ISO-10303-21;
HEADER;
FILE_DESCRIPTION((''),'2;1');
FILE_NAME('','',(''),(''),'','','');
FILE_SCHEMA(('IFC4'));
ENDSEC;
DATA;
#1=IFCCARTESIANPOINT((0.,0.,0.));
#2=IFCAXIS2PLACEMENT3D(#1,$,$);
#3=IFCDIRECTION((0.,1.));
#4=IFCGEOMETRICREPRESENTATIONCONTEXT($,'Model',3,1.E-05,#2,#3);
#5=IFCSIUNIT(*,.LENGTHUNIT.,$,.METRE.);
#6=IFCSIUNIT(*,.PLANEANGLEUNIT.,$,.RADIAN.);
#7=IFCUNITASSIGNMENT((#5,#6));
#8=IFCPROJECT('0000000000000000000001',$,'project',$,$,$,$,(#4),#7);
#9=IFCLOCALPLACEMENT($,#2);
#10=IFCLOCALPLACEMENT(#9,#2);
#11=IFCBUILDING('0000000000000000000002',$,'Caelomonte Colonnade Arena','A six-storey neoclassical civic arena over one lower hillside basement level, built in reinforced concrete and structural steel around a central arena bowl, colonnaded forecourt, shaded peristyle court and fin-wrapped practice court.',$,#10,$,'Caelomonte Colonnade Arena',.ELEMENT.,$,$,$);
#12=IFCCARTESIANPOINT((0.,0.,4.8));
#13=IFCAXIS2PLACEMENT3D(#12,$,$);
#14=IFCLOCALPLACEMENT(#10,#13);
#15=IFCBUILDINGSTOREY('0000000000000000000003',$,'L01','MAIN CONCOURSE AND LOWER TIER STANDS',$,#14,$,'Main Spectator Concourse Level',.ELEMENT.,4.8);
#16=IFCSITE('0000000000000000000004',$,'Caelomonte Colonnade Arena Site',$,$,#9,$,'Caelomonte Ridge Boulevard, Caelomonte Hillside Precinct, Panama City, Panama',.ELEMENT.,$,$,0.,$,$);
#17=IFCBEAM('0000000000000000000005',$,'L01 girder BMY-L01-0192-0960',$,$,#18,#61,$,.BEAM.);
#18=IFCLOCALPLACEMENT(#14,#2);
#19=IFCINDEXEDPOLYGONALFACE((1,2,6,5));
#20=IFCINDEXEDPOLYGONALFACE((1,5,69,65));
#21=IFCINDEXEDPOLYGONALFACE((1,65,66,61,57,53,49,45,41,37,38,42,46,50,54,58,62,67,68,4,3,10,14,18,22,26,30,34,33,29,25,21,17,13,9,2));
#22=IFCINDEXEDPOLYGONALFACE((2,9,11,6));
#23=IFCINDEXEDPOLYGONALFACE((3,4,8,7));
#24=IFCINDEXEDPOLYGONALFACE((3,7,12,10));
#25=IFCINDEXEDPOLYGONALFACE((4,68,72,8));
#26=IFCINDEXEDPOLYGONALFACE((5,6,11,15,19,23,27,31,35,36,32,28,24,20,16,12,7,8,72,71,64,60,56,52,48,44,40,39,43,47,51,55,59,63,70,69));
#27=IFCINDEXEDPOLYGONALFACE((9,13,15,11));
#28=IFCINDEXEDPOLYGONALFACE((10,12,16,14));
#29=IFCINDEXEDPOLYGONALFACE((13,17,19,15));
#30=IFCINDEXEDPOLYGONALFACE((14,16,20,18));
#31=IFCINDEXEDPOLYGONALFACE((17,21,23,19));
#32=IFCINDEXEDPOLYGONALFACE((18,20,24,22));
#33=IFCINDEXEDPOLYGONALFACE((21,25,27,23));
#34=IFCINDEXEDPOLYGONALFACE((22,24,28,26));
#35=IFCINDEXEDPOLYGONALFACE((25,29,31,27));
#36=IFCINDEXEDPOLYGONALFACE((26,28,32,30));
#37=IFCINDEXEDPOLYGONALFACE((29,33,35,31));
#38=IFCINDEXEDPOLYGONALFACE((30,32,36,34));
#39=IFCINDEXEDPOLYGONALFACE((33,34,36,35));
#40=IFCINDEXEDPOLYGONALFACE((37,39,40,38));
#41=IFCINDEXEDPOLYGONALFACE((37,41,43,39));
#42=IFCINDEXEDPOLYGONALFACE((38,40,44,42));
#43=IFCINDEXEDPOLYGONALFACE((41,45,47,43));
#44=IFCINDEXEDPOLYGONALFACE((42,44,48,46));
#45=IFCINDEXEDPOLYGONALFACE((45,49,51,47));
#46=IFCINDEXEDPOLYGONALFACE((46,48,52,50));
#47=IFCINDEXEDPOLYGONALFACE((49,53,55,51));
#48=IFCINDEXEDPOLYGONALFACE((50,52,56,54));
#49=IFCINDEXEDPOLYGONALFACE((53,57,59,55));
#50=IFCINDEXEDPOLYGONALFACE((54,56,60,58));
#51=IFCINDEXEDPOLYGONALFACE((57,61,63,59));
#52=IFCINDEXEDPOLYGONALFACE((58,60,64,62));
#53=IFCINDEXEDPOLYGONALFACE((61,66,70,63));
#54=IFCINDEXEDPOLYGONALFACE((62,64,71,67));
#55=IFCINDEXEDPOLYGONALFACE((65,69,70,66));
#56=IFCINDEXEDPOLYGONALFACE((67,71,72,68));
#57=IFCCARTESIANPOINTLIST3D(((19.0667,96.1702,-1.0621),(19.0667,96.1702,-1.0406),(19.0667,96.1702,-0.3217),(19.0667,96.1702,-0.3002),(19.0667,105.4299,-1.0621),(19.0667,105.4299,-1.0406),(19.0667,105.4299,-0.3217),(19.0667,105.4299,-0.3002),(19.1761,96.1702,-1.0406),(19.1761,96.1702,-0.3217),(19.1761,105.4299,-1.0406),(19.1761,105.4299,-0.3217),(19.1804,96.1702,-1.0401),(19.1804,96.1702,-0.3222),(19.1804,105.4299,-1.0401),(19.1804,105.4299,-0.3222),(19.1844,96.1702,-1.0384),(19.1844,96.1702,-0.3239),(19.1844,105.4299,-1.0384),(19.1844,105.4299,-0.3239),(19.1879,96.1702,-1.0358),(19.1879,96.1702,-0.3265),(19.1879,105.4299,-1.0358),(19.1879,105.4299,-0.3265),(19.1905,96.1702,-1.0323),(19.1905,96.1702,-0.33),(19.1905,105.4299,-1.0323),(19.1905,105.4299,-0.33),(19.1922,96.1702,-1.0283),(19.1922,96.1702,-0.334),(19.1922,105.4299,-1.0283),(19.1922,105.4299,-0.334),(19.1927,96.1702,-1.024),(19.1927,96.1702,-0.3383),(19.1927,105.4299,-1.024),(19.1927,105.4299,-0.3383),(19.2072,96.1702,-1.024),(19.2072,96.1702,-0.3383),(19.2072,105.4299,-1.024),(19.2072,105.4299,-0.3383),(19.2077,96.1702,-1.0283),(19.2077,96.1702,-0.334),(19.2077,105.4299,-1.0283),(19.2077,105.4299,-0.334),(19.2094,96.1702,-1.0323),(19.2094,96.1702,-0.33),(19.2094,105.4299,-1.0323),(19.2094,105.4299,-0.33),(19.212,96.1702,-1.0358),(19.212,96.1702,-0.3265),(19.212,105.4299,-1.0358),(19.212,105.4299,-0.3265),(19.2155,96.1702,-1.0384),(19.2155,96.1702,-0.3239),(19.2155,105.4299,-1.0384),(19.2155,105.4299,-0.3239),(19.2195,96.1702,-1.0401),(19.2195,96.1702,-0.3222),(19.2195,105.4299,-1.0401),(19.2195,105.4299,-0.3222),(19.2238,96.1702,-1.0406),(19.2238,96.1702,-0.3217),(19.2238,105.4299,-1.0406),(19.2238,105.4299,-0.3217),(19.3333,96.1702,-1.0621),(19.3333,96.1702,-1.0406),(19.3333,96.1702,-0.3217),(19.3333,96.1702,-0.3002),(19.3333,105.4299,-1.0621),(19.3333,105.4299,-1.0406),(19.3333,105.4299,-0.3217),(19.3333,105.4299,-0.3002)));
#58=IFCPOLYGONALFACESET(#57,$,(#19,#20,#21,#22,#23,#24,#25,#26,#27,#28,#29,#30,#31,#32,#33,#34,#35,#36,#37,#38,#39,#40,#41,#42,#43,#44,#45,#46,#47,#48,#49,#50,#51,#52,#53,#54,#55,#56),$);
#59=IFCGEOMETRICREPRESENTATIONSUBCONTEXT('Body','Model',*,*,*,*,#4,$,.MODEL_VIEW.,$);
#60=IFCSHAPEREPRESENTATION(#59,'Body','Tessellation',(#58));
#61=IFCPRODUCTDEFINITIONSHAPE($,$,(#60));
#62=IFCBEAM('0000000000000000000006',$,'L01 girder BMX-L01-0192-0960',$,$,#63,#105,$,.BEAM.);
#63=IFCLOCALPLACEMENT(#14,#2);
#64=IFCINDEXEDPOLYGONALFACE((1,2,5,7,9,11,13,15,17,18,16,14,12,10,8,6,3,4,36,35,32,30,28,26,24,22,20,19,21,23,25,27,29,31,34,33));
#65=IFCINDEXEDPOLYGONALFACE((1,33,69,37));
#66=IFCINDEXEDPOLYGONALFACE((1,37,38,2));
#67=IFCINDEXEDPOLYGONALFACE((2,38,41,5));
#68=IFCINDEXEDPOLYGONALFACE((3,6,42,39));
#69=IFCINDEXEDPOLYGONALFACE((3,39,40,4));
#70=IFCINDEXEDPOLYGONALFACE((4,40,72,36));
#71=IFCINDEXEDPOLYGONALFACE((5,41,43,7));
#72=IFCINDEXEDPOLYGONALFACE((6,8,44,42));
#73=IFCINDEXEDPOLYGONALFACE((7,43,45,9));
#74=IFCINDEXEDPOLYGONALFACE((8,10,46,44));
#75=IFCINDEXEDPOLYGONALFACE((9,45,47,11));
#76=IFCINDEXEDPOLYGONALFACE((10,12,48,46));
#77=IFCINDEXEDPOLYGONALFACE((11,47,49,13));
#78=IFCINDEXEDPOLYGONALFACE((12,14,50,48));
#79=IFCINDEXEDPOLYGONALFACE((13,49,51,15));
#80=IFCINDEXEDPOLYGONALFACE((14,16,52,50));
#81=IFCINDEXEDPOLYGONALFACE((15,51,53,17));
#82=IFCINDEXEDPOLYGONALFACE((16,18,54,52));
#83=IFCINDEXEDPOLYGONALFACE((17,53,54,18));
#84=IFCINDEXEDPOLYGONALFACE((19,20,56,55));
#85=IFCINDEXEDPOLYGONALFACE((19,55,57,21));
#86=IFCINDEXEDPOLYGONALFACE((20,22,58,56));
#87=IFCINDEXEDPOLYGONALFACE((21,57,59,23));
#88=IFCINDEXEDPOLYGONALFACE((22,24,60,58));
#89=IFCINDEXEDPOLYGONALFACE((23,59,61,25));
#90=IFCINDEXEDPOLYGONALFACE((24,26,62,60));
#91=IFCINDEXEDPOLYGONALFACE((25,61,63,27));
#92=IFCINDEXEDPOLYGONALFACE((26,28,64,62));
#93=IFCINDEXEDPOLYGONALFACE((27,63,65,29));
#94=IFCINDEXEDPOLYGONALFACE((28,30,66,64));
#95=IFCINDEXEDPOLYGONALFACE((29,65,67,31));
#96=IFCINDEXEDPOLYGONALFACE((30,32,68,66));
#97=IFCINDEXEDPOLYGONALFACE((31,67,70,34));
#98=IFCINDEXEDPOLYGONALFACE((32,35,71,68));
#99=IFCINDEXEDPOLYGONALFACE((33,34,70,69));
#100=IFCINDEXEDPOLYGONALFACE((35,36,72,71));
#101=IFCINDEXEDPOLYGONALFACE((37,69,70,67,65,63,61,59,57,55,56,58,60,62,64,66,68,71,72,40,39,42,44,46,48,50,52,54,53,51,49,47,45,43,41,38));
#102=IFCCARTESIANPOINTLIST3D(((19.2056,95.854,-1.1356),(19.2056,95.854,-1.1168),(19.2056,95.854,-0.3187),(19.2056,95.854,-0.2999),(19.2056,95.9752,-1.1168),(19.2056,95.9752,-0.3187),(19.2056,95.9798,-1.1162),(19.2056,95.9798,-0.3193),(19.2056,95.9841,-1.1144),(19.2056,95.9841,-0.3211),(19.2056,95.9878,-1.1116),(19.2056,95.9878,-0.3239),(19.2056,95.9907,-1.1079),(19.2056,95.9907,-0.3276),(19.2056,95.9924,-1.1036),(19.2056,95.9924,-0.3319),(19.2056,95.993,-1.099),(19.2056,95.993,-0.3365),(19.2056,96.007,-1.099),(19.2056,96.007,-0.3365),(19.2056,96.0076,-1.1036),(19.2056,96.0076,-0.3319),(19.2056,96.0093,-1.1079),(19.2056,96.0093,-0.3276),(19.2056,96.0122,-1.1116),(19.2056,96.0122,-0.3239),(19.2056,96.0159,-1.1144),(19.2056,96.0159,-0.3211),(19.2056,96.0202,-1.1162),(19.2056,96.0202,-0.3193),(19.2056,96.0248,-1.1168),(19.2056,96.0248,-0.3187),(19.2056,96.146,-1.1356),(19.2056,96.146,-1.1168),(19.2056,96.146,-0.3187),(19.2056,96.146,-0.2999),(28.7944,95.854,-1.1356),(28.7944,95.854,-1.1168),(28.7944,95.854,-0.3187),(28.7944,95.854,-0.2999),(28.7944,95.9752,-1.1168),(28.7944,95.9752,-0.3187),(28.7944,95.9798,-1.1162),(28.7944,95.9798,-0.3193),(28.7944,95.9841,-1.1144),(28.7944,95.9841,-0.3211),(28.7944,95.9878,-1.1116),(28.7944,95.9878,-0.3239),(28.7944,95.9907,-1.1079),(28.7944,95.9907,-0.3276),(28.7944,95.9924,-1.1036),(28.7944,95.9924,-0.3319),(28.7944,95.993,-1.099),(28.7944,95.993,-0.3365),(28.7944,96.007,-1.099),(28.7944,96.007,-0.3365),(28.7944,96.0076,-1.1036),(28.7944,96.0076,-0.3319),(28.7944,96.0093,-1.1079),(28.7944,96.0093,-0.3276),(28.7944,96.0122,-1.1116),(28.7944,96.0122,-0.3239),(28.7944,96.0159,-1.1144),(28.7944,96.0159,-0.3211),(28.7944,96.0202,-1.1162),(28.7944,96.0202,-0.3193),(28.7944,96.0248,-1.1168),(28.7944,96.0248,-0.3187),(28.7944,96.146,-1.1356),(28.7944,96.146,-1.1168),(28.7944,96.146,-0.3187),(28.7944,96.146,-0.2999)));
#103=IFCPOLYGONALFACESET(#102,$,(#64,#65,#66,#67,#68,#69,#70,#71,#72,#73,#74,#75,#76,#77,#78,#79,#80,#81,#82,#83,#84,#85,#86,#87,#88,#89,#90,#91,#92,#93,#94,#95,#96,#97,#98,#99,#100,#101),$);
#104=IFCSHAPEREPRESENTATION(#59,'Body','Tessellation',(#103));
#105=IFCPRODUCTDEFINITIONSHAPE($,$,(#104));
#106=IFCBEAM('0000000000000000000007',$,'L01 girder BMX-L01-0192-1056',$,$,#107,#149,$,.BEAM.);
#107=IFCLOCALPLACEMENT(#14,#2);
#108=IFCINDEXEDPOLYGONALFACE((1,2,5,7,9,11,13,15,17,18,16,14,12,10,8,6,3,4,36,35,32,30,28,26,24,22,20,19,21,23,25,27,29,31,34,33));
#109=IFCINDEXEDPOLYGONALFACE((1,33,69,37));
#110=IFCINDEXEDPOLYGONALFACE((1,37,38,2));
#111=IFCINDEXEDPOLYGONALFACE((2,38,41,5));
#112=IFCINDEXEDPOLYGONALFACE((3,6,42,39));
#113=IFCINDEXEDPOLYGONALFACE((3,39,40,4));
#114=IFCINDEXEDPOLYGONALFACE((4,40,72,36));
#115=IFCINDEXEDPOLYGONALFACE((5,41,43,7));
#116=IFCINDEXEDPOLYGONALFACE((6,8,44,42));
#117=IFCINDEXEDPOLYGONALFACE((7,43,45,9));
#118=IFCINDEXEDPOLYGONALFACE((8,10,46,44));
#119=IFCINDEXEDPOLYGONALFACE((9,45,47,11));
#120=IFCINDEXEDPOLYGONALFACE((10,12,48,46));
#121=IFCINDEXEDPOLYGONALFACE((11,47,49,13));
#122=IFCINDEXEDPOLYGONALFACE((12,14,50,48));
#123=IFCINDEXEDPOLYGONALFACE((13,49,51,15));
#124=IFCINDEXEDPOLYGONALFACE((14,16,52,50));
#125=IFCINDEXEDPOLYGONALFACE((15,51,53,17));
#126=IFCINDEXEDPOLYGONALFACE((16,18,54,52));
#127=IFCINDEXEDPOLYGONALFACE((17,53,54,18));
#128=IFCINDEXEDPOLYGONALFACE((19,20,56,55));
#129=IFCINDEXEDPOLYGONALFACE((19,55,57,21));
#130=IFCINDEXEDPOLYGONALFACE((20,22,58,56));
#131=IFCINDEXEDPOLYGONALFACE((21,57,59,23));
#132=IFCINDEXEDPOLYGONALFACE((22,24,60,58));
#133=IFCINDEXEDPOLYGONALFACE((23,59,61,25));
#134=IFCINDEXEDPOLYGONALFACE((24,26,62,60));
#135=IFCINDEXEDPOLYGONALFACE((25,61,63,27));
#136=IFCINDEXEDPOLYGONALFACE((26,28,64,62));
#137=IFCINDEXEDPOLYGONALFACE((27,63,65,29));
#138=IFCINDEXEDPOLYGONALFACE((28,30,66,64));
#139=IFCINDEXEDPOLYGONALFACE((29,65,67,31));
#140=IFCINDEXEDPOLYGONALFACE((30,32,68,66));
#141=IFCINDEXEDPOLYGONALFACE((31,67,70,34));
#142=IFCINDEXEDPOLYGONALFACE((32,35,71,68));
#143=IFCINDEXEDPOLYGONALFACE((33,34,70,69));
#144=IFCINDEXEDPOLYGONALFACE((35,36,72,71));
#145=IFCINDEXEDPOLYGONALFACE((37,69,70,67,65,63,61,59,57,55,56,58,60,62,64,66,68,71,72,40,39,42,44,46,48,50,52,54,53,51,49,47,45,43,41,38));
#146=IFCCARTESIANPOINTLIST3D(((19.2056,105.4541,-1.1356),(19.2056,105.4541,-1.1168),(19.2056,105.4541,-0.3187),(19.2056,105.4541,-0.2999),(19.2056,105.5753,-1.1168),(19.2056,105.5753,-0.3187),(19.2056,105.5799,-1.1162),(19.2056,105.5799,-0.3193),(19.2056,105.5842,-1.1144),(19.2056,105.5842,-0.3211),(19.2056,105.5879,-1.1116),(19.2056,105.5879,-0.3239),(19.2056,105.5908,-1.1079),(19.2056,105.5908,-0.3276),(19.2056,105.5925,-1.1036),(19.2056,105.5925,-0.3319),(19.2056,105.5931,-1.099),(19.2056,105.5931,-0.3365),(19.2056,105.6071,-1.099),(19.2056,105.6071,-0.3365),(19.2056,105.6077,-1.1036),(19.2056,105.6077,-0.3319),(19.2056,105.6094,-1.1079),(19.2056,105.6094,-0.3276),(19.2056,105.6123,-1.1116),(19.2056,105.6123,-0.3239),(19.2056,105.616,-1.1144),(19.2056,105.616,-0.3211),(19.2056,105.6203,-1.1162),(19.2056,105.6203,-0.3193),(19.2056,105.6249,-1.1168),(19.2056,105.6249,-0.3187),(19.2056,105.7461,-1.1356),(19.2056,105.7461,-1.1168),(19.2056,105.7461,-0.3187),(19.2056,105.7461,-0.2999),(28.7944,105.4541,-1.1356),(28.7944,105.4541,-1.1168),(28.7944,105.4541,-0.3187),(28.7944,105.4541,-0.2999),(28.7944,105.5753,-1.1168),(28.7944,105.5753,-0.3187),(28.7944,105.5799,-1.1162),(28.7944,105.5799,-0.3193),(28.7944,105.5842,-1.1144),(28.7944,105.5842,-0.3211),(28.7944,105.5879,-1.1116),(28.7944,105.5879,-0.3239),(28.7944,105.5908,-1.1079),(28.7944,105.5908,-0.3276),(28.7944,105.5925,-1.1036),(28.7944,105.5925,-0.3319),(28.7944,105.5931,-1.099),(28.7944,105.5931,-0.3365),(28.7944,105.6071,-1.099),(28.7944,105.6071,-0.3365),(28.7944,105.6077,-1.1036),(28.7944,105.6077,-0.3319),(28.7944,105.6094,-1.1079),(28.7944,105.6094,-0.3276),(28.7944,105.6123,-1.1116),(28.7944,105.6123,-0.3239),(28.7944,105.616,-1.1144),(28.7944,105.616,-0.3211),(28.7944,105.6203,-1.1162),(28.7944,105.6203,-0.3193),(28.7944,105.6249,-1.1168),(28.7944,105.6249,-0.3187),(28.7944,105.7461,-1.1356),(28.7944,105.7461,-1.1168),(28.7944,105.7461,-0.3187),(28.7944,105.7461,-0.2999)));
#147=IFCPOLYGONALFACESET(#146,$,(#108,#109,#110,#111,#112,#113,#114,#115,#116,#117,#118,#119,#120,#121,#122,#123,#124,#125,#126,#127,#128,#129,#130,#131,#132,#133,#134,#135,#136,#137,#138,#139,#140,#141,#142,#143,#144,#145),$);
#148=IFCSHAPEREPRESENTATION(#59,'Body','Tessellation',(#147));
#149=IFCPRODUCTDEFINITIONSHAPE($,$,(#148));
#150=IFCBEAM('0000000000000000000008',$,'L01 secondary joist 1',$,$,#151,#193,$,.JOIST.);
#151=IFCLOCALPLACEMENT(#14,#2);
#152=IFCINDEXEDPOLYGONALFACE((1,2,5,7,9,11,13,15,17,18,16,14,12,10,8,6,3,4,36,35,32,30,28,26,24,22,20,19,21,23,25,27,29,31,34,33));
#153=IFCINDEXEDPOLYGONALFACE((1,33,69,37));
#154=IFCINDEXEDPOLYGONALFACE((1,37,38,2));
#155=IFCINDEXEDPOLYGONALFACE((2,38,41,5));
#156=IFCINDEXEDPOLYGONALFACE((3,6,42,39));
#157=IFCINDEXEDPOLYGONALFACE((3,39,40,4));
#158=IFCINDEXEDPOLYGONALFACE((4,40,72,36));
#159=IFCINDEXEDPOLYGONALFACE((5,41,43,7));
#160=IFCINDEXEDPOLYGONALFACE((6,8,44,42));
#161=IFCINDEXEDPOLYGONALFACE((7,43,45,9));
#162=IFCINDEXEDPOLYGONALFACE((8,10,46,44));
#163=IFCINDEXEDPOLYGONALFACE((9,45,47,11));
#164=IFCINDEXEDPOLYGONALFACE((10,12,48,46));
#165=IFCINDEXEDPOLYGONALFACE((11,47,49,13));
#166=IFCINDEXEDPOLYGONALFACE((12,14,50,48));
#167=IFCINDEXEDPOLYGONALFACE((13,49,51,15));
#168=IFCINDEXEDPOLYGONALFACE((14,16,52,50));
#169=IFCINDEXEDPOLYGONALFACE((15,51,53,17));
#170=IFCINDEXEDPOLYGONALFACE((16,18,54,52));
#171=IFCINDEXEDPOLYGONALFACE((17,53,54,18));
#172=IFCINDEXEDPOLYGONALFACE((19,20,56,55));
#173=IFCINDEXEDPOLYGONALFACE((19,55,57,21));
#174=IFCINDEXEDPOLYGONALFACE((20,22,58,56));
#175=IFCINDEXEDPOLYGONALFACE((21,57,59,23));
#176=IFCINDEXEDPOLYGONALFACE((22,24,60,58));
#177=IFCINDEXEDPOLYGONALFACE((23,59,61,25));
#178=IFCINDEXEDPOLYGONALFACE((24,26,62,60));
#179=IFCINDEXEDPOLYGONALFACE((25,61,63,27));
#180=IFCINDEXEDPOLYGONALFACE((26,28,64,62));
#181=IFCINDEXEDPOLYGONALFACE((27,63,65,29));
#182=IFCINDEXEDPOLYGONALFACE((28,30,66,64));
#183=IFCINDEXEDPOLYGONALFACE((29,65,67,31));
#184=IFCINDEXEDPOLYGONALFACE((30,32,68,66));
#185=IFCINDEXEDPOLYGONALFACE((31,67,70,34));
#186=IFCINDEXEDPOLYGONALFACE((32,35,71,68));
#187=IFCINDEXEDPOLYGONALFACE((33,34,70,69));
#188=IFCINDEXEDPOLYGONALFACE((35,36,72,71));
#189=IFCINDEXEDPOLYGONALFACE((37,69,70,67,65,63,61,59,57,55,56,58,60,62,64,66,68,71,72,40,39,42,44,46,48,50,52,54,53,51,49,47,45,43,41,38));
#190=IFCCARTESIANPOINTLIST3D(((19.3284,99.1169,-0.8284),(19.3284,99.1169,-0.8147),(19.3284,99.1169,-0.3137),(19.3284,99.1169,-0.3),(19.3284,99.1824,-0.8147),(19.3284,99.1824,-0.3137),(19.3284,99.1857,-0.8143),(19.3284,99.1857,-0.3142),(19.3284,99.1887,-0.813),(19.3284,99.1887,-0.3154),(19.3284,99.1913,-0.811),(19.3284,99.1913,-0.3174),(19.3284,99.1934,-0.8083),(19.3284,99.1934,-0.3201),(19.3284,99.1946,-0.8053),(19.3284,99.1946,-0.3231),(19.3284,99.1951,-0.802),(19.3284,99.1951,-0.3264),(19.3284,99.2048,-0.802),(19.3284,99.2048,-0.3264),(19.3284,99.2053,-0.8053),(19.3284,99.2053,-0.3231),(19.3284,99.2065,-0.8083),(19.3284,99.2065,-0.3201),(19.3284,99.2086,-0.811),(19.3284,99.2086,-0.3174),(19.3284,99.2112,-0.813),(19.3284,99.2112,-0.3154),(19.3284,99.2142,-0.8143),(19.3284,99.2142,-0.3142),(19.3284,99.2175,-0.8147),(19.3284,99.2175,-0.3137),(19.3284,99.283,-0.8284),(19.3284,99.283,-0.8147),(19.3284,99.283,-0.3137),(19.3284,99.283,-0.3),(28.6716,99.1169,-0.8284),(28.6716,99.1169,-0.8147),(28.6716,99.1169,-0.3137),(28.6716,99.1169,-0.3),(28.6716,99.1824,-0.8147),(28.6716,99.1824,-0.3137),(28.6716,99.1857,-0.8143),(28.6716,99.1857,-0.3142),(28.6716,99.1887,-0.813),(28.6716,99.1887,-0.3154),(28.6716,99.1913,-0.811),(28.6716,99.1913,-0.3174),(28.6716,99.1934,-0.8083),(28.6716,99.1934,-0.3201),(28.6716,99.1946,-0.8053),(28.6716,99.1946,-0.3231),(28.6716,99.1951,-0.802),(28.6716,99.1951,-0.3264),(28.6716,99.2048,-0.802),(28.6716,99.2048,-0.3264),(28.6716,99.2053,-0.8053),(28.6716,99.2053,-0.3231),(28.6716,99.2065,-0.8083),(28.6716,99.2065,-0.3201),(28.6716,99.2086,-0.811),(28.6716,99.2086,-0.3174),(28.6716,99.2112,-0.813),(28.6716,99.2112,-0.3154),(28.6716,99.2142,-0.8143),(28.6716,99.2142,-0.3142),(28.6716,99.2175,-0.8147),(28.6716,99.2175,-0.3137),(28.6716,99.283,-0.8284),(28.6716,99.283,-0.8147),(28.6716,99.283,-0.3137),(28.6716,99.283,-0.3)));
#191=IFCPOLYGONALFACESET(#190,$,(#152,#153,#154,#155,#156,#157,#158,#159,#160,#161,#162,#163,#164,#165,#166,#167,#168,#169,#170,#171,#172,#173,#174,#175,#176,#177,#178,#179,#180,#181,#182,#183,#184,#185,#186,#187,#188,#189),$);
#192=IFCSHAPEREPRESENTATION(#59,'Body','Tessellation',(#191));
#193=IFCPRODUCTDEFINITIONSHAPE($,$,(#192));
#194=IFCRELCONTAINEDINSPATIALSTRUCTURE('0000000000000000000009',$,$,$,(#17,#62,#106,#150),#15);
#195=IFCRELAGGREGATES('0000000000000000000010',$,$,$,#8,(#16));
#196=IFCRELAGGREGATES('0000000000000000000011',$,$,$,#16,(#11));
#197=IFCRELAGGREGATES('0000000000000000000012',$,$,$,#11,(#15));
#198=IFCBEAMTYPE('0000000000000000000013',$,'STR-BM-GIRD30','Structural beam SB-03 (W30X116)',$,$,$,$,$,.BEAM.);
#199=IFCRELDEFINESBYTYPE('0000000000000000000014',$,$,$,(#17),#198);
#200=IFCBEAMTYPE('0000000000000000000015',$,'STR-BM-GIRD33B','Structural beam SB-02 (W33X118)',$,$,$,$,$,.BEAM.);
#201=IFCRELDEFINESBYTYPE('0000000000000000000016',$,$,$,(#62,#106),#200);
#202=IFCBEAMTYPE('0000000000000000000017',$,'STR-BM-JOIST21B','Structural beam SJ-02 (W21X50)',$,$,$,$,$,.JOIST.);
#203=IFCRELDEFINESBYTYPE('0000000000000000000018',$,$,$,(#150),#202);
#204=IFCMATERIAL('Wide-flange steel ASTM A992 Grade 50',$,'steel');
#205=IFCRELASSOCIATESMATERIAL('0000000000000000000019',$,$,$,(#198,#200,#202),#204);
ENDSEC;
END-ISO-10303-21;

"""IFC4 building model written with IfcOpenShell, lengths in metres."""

from ifc_helpers import new_model, si_unit, direction, frame, origin, origin_2d, place, context, subcontext, project, spatial, i_section, extrude, material, material_profile, profile_set, type_object, element, save


model = new_model("IFC4")

# Units and contexts
model_context = context("Model", 3, precision=1e-05, world=origin(), true_north=direction((0.0, 1.0)))
body_context = subcontext(model_context, "Body", "Model", "MODEL_VIEW")
ifc_project = project(units=[si_unit("LENGTHUNIT", "METRE"), si_unit("PLANEANGLEUNIT", "RADIAN")], contexts=[model_context])

# Site, building, storey
site_placement = place(None, origin())
site = spatial("IfcSite", under=ifc_project, at=site_placement, Name="Caelomonte Colonnade Arena Site", LongName="Caelomonte Ridge Boulevard, Caelomonte Hillside Precinct, Panama City, Panama", CompositionType="ELEMENT", RefElevation=0.0)
building_placement = place(site_placement, origin())
building = spatial("IfcBuilding", under=site, at=building_placement, Name="Caelomonte Colonnade Arena", Description="A six-storey neoclassical civic arena over one lower hillside basement level, built in reinforced concrete and structural steel around a central arena bowl, colonnaded forecourt, shaded peristyle court and fin-wrapped practice court.", LongName="Caelomonte Colonnade Arena", CompositionType="ELEMENT")
storey_placement = place(building_placement, frame((0.0, 0.0, 4.8)))
storey = spatial("IfcBuildingStorey", under=building, at=storey_placement, Name="L01", Description="MAIN CONCOURSE AND LOWER TIER STANDS", LongName="Main Spectator Concourse Level", CompositionType="ELEMENT", Elevation=4.8)

# Beams
ifc_material_1 = material(Name="Wide-flange steel ASTM A992 Grade 50", Category="steel")
ifc_material_profile_1 = material_profile(ifc_material_1, i_section(OverallWidth=0.2666, OverallDepth=0.762, WebThickness=0.0144, FlangeThickness=0.0215, FilletRadius=0.0166, at=origin_2d()), Name="W30X116")
ifc_profile_set_1 = profile_set([ifc_material_profile_1], Name="Wide-flange steel ASTM A992 Grade 50")
beam_type_1 = type_object("IfcBeamType", Name="STR-BM-GIRD30", Description="Structural beam SB-03 (W30X116)", PredefinedType="BEAM", material=ifc_profile_set_1)
beam_placement = place(storey_placement, frame((19.2, 96.1702, -0.6812), z_axis=(0.0, 1.0, 0.0), x_axis=(-1.0, 0.0, 0.0)))
element("IfcBeam", 1, at=beam_placement, inside=storey, type_object=beam_type_1, Name="L01 girder BMY-L01-0192-0960", PredefinedType="BEAM", context=body_context, shape_type="SweptSolid", body=[
    extrude(i_section(OverallWidth=0.2666, OverallDepth=0.762, WebThickness=0.0144, FlangeThickness=0.0215, FilletRadius=0.0166, at=origin_2d()), origin(), (0.0, 0.0, 1.0), 9.2598),
])
ifc_material_profile_2 = material_profile(ifc_material_1, i_section(OverallWidth=0.292, OverallDepth=0.8357, WebThickness=0.0139, FlangeThickness=0.0188, FilletRadius=0.0178, at=origin_2d()), Name="W33X118")
ifc_profile_set_2 = profile_set([ifc_material_profile_2], Name="Wide-flange steel ASTM A992 Grade 50")
beam_type_2 = type_object("IfcBeamType", Name="STR-BM-GIRD33B", Description="Structural beam SB-02 (W33X118)", PredefinedType="BEAM", material=ifc_profile_set_2)
for number, where, z_axis, x_axis, name in (
    (2, (19.2056, 96.0, -0.7178), (1.0, 0.0, 0.0), (0.0, 1.0, 0.0), "L01 girder BMX-L01-0192-0960"),
    (3, (19.2056, 105.6001, -0.7178), (1.0, 0.0, 0.0), (0.0, 1.0, 0.0), "L01 girder BMX-L01-0192-1056"),
):
    element("IfcBeam", number, at=place(storey_placement, frame(where, z_axis=z_axis, x_axis=x_axis)), inside=storey, type_object=beam_type_2, Name=name, PredefinedType="BEAM", context=body_context, shape_type="SweptSolid", body=[
        extrude(i_section(OverallWidth=0.292, OverallDepth=0.8357, WebThickness=0.0139, FlangeThickness=0.0188, FilletRadius=0.0178, at=origin_2d()), origin(), (0.0, 0.0, 1.0), 9.5889),
    ])
ifc_material_profile_3 = material_profile(ifc_material_1, i_section(OverallWidth=0.166, OverallDepth=0.5283, WebThickness=0.0098, FlangeThickness=0.0137, FilletRadius=0.0127, at=origin_2d()), Name="W21X50")
ifc_profile_set_3 = profile_set([ifc_material_profile_3], Name="Wide-flange steel ASTM A992 Grade 50")
beam_type_3 = type_object("IfcBeamType", Name="STR-BM-JOIST21B", Description="Structural beam SJ-02 (W21X50)", PredefinedType="JOIST", material=ifc_profile_set_3)
for number, where, z_axis, x_axis, name in (
    (4, (19.3284, 99.2, -0.5642), (1.0, 0.0, 0.0), (0.0, 1.0, 0.0), "L01 secondary joist 1"),
):
    element("IfcBeam", number, at=place(storey_placement, frame(where, z_axis=z_axis, x_axis=x_axis)), inside=storey, type_object=beam_type_3, Name=name, PredefinedType="JOIST", context=body_context, shape_type="SweptSolid", body=[
        extrude(i_section(OverallWidth=0.166, OverallDepth=0.5283, WebThickness=0.0098, FlangeThickness=0.0137, FilletRadius=0.0127, at=origin_2d()), origin(), (0.0, 0.0, 1.0), 9.3433),
    ])

save(model, "model.ifc")
